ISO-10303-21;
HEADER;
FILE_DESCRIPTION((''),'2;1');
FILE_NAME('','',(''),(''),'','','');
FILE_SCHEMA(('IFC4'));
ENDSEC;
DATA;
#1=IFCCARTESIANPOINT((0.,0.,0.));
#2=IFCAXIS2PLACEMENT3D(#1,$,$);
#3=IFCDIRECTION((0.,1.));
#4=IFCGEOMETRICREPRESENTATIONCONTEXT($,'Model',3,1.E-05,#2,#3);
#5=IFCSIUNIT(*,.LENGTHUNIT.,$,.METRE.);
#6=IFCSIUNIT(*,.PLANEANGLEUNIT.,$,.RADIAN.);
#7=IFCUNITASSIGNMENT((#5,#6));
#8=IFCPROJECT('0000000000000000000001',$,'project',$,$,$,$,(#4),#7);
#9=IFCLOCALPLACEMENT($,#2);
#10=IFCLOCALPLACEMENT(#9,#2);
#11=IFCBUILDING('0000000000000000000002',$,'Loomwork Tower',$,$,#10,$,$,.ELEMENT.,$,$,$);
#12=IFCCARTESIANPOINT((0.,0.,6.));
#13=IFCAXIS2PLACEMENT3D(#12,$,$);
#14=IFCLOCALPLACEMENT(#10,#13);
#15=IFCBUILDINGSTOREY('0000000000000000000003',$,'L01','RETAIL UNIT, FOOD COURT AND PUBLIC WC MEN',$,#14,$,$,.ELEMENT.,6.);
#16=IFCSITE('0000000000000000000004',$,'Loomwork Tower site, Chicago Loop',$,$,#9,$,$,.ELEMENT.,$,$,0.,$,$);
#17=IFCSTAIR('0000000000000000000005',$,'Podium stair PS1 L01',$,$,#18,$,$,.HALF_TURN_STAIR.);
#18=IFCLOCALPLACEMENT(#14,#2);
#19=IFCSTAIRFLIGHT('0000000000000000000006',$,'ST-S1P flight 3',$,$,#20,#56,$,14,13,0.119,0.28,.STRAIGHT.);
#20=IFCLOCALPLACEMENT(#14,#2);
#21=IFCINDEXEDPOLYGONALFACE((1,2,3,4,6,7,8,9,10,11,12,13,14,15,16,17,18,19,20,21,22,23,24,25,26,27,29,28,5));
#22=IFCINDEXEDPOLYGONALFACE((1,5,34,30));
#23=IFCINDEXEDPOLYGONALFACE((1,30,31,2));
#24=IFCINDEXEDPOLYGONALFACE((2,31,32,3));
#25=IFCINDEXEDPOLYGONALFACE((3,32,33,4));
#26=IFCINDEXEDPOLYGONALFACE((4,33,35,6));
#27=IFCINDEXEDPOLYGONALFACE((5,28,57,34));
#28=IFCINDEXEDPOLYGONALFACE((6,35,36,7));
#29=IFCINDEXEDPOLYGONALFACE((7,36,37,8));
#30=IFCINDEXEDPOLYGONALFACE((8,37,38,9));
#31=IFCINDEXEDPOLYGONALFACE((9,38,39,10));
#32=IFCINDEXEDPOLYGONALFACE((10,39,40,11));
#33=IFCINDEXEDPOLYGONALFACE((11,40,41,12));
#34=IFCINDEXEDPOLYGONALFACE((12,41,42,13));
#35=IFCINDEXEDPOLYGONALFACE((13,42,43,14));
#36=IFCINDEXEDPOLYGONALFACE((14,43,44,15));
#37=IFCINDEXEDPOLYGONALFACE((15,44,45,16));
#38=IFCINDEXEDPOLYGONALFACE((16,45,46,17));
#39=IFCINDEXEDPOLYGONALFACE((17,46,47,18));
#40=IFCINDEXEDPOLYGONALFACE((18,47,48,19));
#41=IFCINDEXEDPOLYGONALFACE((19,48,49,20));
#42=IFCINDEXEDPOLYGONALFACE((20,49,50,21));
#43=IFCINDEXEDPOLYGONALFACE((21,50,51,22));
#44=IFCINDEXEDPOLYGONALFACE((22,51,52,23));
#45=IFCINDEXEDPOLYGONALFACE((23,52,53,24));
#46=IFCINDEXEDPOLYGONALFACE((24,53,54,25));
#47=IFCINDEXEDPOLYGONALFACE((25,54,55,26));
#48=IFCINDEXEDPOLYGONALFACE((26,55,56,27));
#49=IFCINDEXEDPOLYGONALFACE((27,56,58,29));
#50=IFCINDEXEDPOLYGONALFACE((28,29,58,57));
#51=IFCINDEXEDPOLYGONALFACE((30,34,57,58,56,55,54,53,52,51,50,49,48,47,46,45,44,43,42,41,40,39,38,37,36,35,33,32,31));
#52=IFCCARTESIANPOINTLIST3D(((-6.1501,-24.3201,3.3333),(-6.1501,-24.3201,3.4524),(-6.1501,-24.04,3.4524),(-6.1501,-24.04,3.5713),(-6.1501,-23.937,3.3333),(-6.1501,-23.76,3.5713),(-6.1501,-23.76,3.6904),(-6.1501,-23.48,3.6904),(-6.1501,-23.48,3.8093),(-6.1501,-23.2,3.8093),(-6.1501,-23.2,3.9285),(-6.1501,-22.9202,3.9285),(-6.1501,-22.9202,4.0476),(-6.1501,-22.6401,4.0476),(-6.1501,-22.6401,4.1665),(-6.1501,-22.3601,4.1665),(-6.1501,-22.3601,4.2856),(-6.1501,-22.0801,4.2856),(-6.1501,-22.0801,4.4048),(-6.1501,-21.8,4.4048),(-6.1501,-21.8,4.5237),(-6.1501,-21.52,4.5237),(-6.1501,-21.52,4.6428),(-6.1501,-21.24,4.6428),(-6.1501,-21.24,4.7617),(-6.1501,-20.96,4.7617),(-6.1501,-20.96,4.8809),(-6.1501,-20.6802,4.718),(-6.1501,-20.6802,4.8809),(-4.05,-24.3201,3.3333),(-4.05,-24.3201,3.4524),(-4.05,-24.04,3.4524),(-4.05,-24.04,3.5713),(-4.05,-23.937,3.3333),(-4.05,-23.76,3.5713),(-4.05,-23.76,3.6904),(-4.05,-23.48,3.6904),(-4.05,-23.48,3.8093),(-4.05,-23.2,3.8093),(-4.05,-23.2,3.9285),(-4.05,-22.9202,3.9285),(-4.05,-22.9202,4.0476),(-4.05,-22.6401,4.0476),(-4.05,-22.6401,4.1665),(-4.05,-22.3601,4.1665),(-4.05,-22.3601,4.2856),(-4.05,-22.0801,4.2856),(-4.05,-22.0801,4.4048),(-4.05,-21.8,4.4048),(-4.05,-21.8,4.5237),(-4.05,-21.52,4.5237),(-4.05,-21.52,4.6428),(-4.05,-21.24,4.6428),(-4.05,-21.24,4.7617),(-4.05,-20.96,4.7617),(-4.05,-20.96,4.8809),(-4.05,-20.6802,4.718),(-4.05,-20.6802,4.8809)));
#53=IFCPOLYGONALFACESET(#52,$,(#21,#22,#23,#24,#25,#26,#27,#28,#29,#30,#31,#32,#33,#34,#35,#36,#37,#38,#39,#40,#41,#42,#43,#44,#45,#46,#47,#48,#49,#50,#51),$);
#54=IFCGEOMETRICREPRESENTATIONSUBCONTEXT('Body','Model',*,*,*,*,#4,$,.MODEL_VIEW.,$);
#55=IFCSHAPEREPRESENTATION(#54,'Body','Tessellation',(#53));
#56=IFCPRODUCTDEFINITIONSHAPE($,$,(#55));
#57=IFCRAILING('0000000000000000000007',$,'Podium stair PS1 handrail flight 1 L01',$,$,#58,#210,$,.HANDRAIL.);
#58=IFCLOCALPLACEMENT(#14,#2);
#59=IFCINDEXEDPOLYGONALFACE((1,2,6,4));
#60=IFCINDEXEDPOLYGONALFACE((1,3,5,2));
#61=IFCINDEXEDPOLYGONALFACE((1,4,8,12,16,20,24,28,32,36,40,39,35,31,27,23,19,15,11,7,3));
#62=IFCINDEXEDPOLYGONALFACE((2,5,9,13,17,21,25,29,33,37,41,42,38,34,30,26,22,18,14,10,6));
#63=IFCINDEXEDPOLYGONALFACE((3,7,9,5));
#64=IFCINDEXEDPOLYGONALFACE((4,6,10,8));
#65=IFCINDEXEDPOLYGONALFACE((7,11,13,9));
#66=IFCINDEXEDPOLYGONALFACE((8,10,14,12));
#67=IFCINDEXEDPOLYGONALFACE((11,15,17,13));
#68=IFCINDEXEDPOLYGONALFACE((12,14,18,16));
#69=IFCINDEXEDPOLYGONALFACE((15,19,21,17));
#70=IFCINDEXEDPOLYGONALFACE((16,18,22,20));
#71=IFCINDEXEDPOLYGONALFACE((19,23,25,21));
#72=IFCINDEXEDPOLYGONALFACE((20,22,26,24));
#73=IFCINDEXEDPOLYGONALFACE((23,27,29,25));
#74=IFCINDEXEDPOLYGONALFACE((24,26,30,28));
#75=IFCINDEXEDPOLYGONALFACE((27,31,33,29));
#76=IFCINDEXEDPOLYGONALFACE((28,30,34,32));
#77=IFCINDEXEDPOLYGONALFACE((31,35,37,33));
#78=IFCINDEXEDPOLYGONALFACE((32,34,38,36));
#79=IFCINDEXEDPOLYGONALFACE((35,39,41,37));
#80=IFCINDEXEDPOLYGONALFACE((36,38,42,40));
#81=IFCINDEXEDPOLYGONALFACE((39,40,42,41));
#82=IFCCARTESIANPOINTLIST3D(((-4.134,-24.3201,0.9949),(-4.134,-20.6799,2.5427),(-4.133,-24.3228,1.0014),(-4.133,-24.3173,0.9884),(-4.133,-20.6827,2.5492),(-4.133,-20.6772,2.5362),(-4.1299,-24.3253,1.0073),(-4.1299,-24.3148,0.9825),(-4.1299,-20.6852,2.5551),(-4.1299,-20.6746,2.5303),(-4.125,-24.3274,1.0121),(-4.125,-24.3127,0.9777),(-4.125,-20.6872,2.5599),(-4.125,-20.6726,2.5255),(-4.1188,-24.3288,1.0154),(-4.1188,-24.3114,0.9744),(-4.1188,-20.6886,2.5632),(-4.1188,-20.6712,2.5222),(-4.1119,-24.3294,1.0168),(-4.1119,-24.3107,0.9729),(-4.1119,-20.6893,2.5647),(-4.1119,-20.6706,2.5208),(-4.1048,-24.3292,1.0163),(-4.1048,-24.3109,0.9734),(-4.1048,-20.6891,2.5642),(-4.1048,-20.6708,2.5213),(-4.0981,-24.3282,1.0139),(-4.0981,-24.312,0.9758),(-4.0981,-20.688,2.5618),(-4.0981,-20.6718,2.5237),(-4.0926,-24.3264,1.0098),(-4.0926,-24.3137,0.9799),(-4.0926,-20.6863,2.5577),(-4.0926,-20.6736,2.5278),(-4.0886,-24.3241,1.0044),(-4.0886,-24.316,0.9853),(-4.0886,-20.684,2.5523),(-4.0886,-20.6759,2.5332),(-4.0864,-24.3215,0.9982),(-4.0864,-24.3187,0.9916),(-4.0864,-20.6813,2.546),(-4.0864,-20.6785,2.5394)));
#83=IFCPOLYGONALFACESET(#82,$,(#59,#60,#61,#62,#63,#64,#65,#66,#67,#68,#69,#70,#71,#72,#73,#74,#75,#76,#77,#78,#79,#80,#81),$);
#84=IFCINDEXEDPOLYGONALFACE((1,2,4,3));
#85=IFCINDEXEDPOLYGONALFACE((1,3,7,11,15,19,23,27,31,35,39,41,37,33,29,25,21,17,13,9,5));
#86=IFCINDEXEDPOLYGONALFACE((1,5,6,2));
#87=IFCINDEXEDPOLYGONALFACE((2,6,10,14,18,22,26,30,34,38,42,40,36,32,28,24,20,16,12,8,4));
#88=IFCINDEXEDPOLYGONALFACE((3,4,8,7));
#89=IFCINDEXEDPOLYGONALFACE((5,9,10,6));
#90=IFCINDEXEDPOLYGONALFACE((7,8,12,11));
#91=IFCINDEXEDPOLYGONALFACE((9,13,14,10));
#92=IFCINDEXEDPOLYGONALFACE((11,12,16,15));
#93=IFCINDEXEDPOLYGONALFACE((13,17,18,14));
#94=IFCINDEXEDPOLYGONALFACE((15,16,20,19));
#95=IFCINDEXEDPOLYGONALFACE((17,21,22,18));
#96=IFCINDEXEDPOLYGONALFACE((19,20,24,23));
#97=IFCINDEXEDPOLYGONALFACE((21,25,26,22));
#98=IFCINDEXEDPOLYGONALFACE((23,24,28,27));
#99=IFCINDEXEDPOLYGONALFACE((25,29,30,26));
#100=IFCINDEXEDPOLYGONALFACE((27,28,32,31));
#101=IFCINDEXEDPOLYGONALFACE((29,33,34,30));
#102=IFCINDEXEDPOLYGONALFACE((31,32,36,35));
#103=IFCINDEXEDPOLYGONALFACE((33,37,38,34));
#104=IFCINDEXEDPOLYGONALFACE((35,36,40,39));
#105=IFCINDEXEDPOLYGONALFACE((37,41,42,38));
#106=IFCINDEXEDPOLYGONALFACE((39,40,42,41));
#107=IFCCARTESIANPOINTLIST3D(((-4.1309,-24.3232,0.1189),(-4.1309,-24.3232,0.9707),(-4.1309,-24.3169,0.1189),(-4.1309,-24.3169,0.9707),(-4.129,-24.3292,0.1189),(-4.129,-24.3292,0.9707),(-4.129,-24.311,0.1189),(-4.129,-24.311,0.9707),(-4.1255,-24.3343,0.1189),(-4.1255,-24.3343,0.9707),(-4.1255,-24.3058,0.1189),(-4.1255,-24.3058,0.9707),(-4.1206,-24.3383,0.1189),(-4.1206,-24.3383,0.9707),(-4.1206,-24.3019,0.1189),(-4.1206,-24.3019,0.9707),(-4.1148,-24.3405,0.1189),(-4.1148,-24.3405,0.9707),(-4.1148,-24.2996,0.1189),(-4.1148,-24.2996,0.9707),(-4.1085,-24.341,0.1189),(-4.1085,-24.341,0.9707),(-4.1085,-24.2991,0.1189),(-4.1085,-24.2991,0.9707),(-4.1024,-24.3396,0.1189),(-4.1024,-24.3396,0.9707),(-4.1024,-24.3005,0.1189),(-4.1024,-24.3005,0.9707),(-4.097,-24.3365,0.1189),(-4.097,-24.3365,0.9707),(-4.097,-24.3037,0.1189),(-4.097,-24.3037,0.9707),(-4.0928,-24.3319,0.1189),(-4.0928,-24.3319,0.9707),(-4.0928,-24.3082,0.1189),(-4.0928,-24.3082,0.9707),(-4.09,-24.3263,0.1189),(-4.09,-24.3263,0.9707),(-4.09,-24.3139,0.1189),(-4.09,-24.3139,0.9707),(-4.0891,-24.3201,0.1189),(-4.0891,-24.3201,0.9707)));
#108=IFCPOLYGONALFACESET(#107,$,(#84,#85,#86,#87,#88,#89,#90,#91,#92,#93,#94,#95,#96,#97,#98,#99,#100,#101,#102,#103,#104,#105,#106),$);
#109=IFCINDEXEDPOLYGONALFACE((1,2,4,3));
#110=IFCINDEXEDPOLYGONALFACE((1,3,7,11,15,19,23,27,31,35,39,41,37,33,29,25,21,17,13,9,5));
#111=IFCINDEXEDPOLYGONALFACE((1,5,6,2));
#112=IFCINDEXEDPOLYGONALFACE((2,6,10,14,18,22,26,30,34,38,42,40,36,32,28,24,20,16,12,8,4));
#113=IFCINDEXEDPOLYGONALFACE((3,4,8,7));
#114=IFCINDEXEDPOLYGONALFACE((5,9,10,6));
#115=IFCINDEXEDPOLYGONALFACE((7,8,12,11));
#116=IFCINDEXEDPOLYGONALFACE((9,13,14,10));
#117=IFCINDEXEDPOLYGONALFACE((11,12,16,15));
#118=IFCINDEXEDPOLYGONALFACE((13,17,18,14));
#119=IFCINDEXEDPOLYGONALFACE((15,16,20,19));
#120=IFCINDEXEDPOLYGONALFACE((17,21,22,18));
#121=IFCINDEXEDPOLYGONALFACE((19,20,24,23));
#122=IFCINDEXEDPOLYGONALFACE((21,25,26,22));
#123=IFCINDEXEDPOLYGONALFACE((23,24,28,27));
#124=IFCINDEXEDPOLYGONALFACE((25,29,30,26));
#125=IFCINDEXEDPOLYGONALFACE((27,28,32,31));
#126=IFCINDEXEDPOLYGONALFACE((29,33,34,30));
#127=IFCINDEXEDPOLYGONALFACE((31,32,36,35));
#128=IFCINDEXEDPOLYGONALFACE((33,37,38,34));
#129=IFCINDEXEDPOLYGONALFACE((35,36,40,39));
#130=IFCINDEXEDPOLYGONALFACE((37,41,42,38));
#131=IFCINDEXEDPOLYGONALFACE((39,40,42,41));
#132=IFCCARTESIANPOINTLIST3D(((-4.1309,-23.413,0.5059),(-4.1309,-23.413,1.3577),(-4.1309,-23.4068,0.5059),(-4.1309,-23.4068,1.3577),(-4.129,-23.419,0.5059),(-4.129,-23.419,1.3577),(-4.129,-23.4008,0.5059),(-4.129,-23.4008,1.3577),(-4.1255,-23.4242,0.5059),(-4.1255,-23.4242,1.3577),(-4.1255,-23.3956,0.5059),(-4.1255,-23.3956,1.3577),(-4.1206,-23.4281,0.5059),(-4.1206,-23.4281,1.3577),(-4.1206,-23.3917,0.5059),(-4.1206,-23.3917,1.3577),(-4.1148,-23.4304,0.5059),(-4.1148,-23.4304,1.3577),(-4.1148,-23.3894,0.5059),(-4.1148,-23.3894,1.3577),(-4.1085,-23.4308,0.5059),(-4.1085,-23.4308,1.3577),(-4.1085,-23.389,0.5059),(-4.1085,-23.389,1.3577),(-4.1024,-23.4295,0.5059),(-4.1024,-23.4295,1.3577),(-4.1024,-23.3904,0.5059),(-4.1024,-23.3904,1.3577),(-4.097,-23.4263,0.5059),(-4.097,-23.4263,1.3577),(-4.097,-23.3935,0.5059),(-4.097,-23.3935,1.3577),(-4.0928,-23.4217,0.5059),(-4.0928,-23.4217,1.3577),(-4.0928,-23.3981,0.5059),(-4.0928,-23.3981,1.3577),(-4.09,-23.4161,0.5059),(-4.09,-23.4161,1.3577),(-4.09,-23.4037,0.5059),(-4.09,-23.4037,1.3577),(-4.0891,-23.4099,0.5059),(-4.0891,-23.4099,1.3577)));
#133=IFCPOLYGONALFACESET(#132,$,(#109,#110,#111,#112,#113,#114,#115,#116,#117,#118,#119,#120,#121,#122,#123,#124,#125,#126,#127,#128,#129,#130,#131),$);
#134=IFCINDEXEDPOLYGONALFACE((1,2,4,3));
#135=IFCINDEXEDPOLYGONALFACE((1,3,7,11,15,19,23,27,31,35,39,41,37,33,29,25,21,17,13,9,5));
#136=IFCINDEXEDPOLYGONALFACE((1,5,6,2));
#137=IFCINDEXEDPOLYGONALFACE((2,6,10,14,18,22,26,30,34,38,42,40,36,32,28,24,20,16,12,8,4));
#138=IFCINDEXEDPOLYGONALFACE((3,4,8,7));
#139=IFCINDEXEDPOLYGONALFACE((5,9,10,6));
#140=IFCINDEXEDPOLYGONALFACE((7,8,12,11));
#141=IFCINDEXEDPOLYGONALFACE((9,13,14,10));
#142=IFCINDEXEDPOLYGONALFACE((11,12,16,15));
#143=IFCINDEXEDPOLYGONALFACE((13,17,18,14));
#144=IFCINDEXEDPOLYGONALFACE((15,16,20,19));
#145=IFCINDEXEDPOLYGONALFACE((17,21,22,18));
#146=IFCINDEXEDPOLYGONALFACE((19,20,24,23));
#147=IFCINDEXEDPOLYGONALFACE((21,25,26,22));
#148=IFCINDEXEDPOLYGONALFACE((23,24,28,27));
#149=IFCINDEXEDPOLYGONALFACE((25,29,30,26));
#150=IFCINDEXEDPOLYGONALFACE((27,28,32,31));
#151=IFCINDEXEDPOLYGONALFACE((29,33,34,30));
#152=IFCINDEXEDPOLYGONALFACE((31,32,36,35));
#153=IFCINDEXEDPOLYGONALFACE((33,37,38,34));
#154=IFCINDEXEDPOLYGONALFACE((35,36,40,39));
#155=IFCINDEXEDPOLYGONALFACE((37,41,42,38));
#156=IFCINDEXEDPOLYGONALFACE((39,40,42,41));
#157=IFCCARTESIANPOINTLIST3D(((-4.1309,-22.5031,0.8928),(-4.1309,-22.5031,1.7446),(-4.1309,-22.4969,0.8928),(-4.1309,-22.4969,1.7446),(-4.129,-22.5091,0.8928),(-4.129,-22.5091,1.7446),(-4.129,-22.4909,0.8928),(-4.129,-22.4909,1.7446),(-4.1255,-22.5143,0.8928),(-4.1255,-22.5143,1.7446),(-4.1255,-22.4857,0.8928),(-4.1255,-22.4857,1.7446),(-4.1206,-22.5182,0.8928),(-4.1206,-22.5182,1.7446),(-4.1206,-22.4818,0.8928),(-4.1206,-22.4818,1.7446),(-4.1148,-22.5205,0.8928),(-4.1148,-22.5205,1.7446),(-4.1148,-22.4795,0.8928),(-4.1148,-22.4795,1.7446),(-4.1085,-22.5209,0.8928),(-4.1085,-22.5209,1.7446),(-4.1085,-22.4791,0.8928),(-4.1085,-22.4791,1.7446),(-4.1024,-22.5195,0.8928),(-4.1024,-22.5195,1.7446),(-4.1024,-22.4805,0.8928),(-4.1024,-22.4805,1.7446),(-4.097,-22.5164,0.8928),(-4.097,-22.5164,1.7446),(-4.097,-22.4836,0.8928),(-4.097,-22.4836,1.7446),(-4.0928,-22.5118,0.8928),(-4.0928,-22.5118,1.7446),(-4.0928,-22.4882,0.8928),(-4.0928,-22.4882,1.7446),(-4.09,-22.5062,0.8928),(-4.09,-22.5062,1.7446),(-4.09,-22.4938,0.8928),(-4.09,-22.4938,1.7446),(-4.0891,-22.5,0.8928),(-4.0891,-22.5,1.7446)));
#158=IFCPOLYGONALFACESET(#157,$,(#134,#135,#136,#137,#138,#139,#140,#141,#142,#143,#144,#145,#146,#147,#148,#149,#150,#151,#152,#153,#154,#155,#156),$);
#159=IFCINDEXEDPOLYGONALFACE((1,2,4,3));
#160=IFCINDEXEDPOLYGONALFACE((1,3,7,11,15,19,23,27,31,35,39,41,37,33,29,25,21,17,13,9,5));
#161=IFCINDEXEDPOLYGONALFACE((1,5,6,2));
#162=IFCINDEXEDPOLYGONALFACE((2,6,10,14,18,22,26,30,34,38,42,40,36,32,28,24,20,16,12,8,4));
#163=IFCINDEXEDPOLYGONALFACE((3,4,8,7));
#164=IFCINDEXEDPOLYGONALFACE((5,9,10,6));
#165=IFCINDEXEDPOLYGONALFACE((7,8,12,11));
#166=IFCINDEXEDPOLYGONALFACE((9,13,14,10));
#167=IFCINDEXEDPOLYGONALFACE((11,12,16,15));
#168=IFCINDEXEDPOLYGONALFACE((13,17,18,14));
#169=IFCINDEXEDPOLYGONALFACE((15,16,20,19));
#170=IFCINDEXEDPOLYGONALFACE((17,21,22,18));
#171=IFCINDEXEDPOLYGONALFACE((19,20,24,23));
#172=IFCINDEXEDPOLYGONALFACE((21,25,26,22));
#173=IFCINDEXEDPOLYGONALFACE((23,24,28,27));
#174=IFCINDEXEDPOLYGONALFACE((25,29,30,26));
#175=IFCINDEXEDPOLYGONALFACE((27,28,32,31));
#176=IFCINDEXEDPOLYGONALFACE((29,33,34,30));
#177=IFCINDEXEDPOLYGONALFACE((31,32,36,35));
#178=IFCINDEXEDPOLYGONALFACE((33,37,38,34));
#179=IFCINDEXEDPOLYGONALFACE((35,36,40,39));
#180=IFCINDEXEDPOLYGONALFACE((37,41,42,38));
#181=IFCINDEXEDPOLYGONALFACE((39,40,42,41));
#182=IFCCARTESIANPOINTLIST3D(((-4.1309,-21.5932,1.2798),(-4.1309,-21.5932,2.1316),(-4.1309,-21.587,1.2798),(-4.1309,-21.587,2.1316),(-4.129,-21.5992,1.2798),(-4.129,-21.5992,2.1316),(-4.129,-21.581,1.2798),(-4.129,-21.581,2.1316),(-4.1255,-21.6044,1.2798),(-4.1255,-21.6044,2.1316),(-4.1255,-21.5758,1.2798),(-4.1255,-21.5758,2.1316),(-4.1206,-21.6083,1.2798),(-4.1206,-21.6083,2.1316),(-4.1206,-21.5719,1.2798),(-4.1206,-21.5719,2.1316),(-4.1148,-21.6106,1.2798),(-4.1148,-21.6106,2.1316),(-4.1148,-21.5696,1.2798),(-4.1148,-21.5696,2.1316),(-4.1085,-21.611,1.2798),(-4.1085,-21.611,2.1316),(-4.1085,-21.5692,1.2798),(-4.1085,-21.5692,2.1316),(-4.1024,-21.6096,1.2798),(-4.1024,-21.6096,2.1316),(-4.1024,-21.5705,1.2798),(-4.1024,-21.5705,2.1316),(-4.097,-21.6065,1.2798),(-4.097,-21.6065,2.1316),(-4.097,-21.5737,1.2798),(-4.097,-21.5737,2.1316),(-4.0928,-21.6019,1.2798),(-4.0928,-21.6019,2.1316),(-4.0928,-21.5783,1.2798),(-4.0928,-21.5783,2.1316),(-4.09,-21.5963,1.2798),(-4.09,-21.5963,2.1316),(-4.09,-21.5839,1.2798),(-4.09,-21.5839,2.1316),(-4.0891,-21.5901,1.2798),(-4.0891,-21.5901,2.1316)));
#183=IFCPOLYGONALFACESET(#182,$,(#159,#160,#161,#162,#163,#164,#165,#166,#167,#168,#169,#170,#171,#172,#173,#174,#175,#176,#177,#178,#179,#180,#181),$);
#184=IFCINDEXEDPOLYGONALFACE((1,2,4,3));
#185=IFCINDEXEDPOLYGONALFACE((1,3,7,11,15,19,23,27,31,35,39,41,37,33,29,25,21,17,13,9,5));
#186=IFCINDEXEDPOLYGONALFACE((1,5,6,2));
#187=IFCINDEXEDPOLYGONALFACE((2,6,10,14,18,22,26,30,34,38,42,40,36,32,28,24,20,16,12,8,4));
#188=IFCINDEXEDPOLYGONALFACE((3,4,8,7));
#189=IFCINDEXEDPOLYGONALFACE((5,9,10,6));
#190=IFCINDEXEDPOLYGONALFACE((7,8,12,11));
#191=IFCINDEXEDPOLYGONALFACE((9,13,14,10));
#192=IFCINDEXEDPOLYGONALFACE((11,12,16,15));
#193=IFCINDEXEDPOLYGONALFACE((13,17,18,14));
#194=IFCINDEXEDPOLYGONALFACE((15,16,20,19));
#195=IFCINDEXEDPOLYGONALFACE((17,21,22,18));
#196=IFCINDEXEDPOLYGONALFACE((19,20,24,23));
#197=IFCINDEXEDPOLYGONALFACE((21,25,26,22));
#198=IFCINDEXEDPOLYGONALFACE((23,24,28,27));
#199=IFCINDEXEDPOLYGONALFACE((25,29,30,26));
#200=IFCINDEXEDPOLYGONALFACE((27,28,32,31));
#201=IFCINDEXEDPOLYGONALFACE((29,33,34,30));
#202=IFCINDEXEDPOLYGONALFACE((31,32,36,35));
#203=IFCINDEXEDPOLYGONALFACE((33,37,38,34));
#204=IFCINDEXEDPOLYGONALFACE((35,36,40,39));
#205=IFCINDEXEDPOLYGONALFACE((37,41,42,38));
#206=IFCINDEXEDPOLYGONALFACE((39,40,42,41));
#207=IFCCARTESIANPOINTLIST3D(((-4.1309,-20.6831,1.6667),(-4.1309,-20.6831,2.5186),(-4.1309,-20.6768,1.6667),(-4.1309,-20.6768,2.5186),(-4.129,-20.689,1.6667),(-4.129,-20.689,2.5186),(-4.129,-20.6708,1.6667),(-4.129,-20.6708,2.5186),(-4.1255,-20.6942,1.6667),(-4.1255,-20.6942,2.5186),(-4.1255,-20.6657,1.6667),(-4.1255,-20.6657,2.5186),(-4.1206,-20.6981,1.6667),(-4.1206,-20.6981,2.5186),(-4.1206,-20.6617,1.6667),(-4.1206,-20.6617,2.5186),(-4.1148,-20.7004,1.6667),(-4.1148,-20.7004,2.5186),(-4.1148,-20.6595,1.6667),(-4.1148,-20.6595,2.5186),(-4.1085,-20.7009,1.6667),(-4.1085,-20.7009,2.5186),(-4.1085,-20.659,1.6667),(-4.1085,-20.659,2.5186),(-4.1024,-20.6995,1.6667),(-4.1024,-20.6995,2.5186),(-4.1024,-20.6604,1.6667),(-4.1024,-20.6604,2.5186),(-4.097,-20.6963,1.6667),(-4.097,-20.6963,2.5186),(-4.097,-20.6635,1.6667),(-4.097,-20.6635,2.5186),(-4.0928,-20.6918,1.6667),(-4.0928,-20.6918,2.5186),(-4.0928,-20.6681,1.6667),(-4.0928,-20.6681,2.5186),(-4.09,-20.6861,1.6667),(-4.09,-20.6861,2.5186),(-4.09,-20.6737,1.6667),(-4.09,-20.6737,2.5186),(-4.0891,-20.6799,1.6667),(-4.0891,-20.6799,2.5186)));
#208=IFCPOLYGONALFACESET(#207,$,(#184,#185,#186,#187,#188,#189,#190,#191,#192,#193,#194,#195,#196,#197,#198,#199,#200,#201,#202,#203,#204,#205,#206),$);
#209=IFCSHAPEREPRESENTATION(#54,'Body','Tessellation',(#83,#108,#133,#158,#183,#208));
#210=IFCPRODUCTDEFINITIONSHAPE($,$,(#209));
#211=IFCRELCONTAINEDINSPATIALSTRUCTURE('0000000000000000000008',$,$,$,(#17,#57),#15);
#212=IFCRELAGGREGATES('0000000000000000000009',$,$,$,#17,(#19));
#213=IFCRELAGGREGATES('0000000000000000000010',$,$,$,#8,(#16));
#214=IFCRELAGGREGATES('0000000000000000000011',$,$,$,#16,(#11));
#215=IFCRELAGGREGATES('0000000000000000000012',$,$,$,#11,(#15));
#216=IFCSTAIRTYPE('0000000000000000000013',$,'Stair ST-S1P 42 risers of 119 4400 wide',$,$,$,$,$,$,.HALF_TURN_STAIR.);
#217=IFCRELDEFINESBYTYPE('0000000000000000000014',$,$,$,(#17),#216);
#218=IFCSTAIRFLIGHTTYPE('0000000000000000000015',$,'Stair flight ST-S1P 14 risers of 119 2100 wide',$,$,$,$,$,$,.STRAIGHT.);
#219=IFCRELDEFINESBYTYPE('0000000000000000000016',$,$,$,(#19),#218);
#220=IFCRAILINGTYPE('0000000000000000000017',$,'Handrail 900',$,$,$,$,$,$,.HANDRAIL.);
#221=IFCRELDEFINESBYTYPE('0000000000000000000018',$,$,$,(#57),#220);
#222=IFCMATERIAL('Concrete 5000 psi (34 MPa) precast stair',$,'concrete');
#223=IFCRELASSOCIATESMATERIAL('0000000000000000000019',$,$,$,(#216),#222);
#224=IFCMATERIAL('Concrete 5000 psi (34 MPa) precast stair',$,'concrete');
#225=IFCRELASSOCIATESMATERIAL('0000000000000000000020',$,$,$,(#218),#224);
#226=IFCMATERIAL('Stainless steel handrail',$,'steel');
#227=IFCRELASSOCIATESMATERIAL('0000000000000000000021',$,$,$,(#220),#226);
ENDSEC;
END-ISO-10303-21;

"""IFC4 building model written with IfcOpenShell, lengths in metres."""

from ifc_helpers import new_model, si_unit, direction, frame, origin, origin_2d, place, context, subcontext, project, spatial, polyline, circle, outline, extrude, material, type_object, element, aggregate, save


model = new_model("IFC4")

# Units and contexts
model_context = context("Model", 3, precision=1e-05, world=origin(), true_north=direction((0.0, 1.0)))
body_context = subcontext(model_context, "Body", "Model", "MODEL_VIEW")
ifc_project = project(units=[si_unit("LENGTHUNIT", "METRE"), si_unit("PLANEANGLEUNIT", "RADIAN")], contexts=[model_context])

# Site, building, storey
site_placement = place(None, origin())
site = spatial("IfcSite", under=ifc_project, at=site_placement, Name="Loomwork Tower site, Chicago Loop", CompositionType="ELEMENT", RefElevation=0.0)
building_placement = place(site_placement, origin())
building = spatial("IfcBuilding", under=site, at=building_placement, Name="Loomwork Tower", CompositionType="ELEMENT")
storey_placement = place(building_placement, frame((0.0, 0.0, 6.0)))
storey = spatial("IfcBuildingStorey", under=building, at=storey_placement, Name="L01", Description="RETAIL UNIT, FOOD COURT AND PUBLIC WC MEN", CompositionType="ELEMENT", Elevation=6.0)

# Stair, stair flight
ifc_material_1 = material(Name="Concrete 5000 psi (34 MPa) precast stair", Category="concrete")
stair_type = type_object("IfcStairType", Name="Stair ST-S1P 42 risers of 119 4400 wide", PredefinedType="HALF_TURN_STAIR", material=ifc_material_1)
stair_placement = place(storey_placement, origin())
stair = element("IfcStair", 1, at=stair_placement, inside=storey, type_object=stair_type, Name="Podium stair PS1 L01", PredefinedType="HALF_TURN_STAIR")
ifc_material_2 = material(Name="Concrete 5000 psi (34 MPa) precast stair", Category="concrete")
stair_flight_type = type_object("IfcStairFlightType", Name="Stair flight ST-S1P 14 risers of 119 2100 wide", PredefinedType="STRAIGHT", material=ifc_material_2)
stair_flight_1_placement = place(storey_placement, frame((-5.1001, -24.3201, 3.3333), z_axis=(0.0, 0.0, 1.0), x_axis=(0.0, 1.0, 0.0)))
stair_flight_1 = element("IfcStairFlight", 2, at=stair_flight_1_placement, type_object=stair_flight_type, Name="ST-S1P flight 3", NumberOfRisers=14, NumberOfTreads=13, PredefinedType="STRAIGHT", RiserHeight=0.119, TreadLength=0.28, context=body_context, shape_type="SweptSolid", body=[
    extrude(outline(polyline([(0.0, 0.0), (0.0, 0.1191), (0.28, 0.1191), (0.28, 0.238), (0.5601, 0.238), (0.5601, 0.3572), (0.8401, 0.3572), (0.8401, 0.4761), (1.1201, 0.4761), (1.1201, 0.5952), (1.3999, 0.5952), (1.3999, 0.7144), (1.6799, 0.7144), (1.6799, 0.8333), (1.96, 0.8333), (1.96, 0.9524), (2.24, 0.9524), (2.24, 1.0715), (2.52, 1.0715), (2.52, 1.1904), (2.8, 1.1904), (2.8, 1.3096), (3.0801, 1.3096), (3.0801, 1.4285), (3.3601, 1.4285), (3.3601, 1.5476), (3.6399, 1.5476), (3.6399, 1.6667), (3.6399, 1.3848), (0.3831, 0.0), (0.0, 0.0)])), frame((0.0, 1.05, 0.0), z_axis=(0.0, -1.0, 0.0), x_axis=(1.0, 0.0, 0.0)), (0.0, 0.0, 1.0), 2.1001),
])
aggregate(stair, [stair_flight_1])

# Railing
ifc_material_3 = material(Name="Stainless steel handrail", Category="steel")
railing_type = type_object("IfcRailingType", Name="Handrail 900", PredefinedType="HANDRAIL", material=ifc_material_3)
railing_1_placement = place(storey_placement, frame((-4.1101, -24.3201, 0.1189)))
element("IfcRailing", 3, at=railing_1_placement, inside=storey, type_object=railing_type, Name="Podium stair PS1 handrail flight 1 L01", PredefinedType="HANDRAIL", context=body_context, shape_type="SweptSolid", body=[
    extrude(circle(Radius=0.0239, at=origin_2d()), frame((0.0, 0.0, 0.876), z_axis=(0.0, 0.920259, 0.391311), x_axis=(-1.0, 0.0, 0.0)), (0.0, 0.0, 1.0), 3.9556),
    extrude(circle(Radius=0.021, at=origin_2d()), origin(), (0.0, 0.0, 1.0), 0.8518),
    extrude(circle(Radius=0.021, at=origin_2d()), frame((0.0, 0.9102, 0.387)), (0.0, 0.0, 1.0), 0.8518),
    extrude(circle(Radius=0.021, at=origin_2d()), frame((0.0, 1.8201, 0.7739)), (0.0, 0.0, 1.0), 0.8518),
    extrude(circle(Radius=0.021, at=origin_2d()), frame((0.0, 2.73, 1.1609)), (0.0, 0.0, 1.0), 0.8518),
    extrude(circle(Radius=0.021, at=origin_2d()), frame((0.0, 3.6401, 1.5479)), (0.0, 0.0, 1.0), 0.8518),
])

save(model, "model.ifc")
